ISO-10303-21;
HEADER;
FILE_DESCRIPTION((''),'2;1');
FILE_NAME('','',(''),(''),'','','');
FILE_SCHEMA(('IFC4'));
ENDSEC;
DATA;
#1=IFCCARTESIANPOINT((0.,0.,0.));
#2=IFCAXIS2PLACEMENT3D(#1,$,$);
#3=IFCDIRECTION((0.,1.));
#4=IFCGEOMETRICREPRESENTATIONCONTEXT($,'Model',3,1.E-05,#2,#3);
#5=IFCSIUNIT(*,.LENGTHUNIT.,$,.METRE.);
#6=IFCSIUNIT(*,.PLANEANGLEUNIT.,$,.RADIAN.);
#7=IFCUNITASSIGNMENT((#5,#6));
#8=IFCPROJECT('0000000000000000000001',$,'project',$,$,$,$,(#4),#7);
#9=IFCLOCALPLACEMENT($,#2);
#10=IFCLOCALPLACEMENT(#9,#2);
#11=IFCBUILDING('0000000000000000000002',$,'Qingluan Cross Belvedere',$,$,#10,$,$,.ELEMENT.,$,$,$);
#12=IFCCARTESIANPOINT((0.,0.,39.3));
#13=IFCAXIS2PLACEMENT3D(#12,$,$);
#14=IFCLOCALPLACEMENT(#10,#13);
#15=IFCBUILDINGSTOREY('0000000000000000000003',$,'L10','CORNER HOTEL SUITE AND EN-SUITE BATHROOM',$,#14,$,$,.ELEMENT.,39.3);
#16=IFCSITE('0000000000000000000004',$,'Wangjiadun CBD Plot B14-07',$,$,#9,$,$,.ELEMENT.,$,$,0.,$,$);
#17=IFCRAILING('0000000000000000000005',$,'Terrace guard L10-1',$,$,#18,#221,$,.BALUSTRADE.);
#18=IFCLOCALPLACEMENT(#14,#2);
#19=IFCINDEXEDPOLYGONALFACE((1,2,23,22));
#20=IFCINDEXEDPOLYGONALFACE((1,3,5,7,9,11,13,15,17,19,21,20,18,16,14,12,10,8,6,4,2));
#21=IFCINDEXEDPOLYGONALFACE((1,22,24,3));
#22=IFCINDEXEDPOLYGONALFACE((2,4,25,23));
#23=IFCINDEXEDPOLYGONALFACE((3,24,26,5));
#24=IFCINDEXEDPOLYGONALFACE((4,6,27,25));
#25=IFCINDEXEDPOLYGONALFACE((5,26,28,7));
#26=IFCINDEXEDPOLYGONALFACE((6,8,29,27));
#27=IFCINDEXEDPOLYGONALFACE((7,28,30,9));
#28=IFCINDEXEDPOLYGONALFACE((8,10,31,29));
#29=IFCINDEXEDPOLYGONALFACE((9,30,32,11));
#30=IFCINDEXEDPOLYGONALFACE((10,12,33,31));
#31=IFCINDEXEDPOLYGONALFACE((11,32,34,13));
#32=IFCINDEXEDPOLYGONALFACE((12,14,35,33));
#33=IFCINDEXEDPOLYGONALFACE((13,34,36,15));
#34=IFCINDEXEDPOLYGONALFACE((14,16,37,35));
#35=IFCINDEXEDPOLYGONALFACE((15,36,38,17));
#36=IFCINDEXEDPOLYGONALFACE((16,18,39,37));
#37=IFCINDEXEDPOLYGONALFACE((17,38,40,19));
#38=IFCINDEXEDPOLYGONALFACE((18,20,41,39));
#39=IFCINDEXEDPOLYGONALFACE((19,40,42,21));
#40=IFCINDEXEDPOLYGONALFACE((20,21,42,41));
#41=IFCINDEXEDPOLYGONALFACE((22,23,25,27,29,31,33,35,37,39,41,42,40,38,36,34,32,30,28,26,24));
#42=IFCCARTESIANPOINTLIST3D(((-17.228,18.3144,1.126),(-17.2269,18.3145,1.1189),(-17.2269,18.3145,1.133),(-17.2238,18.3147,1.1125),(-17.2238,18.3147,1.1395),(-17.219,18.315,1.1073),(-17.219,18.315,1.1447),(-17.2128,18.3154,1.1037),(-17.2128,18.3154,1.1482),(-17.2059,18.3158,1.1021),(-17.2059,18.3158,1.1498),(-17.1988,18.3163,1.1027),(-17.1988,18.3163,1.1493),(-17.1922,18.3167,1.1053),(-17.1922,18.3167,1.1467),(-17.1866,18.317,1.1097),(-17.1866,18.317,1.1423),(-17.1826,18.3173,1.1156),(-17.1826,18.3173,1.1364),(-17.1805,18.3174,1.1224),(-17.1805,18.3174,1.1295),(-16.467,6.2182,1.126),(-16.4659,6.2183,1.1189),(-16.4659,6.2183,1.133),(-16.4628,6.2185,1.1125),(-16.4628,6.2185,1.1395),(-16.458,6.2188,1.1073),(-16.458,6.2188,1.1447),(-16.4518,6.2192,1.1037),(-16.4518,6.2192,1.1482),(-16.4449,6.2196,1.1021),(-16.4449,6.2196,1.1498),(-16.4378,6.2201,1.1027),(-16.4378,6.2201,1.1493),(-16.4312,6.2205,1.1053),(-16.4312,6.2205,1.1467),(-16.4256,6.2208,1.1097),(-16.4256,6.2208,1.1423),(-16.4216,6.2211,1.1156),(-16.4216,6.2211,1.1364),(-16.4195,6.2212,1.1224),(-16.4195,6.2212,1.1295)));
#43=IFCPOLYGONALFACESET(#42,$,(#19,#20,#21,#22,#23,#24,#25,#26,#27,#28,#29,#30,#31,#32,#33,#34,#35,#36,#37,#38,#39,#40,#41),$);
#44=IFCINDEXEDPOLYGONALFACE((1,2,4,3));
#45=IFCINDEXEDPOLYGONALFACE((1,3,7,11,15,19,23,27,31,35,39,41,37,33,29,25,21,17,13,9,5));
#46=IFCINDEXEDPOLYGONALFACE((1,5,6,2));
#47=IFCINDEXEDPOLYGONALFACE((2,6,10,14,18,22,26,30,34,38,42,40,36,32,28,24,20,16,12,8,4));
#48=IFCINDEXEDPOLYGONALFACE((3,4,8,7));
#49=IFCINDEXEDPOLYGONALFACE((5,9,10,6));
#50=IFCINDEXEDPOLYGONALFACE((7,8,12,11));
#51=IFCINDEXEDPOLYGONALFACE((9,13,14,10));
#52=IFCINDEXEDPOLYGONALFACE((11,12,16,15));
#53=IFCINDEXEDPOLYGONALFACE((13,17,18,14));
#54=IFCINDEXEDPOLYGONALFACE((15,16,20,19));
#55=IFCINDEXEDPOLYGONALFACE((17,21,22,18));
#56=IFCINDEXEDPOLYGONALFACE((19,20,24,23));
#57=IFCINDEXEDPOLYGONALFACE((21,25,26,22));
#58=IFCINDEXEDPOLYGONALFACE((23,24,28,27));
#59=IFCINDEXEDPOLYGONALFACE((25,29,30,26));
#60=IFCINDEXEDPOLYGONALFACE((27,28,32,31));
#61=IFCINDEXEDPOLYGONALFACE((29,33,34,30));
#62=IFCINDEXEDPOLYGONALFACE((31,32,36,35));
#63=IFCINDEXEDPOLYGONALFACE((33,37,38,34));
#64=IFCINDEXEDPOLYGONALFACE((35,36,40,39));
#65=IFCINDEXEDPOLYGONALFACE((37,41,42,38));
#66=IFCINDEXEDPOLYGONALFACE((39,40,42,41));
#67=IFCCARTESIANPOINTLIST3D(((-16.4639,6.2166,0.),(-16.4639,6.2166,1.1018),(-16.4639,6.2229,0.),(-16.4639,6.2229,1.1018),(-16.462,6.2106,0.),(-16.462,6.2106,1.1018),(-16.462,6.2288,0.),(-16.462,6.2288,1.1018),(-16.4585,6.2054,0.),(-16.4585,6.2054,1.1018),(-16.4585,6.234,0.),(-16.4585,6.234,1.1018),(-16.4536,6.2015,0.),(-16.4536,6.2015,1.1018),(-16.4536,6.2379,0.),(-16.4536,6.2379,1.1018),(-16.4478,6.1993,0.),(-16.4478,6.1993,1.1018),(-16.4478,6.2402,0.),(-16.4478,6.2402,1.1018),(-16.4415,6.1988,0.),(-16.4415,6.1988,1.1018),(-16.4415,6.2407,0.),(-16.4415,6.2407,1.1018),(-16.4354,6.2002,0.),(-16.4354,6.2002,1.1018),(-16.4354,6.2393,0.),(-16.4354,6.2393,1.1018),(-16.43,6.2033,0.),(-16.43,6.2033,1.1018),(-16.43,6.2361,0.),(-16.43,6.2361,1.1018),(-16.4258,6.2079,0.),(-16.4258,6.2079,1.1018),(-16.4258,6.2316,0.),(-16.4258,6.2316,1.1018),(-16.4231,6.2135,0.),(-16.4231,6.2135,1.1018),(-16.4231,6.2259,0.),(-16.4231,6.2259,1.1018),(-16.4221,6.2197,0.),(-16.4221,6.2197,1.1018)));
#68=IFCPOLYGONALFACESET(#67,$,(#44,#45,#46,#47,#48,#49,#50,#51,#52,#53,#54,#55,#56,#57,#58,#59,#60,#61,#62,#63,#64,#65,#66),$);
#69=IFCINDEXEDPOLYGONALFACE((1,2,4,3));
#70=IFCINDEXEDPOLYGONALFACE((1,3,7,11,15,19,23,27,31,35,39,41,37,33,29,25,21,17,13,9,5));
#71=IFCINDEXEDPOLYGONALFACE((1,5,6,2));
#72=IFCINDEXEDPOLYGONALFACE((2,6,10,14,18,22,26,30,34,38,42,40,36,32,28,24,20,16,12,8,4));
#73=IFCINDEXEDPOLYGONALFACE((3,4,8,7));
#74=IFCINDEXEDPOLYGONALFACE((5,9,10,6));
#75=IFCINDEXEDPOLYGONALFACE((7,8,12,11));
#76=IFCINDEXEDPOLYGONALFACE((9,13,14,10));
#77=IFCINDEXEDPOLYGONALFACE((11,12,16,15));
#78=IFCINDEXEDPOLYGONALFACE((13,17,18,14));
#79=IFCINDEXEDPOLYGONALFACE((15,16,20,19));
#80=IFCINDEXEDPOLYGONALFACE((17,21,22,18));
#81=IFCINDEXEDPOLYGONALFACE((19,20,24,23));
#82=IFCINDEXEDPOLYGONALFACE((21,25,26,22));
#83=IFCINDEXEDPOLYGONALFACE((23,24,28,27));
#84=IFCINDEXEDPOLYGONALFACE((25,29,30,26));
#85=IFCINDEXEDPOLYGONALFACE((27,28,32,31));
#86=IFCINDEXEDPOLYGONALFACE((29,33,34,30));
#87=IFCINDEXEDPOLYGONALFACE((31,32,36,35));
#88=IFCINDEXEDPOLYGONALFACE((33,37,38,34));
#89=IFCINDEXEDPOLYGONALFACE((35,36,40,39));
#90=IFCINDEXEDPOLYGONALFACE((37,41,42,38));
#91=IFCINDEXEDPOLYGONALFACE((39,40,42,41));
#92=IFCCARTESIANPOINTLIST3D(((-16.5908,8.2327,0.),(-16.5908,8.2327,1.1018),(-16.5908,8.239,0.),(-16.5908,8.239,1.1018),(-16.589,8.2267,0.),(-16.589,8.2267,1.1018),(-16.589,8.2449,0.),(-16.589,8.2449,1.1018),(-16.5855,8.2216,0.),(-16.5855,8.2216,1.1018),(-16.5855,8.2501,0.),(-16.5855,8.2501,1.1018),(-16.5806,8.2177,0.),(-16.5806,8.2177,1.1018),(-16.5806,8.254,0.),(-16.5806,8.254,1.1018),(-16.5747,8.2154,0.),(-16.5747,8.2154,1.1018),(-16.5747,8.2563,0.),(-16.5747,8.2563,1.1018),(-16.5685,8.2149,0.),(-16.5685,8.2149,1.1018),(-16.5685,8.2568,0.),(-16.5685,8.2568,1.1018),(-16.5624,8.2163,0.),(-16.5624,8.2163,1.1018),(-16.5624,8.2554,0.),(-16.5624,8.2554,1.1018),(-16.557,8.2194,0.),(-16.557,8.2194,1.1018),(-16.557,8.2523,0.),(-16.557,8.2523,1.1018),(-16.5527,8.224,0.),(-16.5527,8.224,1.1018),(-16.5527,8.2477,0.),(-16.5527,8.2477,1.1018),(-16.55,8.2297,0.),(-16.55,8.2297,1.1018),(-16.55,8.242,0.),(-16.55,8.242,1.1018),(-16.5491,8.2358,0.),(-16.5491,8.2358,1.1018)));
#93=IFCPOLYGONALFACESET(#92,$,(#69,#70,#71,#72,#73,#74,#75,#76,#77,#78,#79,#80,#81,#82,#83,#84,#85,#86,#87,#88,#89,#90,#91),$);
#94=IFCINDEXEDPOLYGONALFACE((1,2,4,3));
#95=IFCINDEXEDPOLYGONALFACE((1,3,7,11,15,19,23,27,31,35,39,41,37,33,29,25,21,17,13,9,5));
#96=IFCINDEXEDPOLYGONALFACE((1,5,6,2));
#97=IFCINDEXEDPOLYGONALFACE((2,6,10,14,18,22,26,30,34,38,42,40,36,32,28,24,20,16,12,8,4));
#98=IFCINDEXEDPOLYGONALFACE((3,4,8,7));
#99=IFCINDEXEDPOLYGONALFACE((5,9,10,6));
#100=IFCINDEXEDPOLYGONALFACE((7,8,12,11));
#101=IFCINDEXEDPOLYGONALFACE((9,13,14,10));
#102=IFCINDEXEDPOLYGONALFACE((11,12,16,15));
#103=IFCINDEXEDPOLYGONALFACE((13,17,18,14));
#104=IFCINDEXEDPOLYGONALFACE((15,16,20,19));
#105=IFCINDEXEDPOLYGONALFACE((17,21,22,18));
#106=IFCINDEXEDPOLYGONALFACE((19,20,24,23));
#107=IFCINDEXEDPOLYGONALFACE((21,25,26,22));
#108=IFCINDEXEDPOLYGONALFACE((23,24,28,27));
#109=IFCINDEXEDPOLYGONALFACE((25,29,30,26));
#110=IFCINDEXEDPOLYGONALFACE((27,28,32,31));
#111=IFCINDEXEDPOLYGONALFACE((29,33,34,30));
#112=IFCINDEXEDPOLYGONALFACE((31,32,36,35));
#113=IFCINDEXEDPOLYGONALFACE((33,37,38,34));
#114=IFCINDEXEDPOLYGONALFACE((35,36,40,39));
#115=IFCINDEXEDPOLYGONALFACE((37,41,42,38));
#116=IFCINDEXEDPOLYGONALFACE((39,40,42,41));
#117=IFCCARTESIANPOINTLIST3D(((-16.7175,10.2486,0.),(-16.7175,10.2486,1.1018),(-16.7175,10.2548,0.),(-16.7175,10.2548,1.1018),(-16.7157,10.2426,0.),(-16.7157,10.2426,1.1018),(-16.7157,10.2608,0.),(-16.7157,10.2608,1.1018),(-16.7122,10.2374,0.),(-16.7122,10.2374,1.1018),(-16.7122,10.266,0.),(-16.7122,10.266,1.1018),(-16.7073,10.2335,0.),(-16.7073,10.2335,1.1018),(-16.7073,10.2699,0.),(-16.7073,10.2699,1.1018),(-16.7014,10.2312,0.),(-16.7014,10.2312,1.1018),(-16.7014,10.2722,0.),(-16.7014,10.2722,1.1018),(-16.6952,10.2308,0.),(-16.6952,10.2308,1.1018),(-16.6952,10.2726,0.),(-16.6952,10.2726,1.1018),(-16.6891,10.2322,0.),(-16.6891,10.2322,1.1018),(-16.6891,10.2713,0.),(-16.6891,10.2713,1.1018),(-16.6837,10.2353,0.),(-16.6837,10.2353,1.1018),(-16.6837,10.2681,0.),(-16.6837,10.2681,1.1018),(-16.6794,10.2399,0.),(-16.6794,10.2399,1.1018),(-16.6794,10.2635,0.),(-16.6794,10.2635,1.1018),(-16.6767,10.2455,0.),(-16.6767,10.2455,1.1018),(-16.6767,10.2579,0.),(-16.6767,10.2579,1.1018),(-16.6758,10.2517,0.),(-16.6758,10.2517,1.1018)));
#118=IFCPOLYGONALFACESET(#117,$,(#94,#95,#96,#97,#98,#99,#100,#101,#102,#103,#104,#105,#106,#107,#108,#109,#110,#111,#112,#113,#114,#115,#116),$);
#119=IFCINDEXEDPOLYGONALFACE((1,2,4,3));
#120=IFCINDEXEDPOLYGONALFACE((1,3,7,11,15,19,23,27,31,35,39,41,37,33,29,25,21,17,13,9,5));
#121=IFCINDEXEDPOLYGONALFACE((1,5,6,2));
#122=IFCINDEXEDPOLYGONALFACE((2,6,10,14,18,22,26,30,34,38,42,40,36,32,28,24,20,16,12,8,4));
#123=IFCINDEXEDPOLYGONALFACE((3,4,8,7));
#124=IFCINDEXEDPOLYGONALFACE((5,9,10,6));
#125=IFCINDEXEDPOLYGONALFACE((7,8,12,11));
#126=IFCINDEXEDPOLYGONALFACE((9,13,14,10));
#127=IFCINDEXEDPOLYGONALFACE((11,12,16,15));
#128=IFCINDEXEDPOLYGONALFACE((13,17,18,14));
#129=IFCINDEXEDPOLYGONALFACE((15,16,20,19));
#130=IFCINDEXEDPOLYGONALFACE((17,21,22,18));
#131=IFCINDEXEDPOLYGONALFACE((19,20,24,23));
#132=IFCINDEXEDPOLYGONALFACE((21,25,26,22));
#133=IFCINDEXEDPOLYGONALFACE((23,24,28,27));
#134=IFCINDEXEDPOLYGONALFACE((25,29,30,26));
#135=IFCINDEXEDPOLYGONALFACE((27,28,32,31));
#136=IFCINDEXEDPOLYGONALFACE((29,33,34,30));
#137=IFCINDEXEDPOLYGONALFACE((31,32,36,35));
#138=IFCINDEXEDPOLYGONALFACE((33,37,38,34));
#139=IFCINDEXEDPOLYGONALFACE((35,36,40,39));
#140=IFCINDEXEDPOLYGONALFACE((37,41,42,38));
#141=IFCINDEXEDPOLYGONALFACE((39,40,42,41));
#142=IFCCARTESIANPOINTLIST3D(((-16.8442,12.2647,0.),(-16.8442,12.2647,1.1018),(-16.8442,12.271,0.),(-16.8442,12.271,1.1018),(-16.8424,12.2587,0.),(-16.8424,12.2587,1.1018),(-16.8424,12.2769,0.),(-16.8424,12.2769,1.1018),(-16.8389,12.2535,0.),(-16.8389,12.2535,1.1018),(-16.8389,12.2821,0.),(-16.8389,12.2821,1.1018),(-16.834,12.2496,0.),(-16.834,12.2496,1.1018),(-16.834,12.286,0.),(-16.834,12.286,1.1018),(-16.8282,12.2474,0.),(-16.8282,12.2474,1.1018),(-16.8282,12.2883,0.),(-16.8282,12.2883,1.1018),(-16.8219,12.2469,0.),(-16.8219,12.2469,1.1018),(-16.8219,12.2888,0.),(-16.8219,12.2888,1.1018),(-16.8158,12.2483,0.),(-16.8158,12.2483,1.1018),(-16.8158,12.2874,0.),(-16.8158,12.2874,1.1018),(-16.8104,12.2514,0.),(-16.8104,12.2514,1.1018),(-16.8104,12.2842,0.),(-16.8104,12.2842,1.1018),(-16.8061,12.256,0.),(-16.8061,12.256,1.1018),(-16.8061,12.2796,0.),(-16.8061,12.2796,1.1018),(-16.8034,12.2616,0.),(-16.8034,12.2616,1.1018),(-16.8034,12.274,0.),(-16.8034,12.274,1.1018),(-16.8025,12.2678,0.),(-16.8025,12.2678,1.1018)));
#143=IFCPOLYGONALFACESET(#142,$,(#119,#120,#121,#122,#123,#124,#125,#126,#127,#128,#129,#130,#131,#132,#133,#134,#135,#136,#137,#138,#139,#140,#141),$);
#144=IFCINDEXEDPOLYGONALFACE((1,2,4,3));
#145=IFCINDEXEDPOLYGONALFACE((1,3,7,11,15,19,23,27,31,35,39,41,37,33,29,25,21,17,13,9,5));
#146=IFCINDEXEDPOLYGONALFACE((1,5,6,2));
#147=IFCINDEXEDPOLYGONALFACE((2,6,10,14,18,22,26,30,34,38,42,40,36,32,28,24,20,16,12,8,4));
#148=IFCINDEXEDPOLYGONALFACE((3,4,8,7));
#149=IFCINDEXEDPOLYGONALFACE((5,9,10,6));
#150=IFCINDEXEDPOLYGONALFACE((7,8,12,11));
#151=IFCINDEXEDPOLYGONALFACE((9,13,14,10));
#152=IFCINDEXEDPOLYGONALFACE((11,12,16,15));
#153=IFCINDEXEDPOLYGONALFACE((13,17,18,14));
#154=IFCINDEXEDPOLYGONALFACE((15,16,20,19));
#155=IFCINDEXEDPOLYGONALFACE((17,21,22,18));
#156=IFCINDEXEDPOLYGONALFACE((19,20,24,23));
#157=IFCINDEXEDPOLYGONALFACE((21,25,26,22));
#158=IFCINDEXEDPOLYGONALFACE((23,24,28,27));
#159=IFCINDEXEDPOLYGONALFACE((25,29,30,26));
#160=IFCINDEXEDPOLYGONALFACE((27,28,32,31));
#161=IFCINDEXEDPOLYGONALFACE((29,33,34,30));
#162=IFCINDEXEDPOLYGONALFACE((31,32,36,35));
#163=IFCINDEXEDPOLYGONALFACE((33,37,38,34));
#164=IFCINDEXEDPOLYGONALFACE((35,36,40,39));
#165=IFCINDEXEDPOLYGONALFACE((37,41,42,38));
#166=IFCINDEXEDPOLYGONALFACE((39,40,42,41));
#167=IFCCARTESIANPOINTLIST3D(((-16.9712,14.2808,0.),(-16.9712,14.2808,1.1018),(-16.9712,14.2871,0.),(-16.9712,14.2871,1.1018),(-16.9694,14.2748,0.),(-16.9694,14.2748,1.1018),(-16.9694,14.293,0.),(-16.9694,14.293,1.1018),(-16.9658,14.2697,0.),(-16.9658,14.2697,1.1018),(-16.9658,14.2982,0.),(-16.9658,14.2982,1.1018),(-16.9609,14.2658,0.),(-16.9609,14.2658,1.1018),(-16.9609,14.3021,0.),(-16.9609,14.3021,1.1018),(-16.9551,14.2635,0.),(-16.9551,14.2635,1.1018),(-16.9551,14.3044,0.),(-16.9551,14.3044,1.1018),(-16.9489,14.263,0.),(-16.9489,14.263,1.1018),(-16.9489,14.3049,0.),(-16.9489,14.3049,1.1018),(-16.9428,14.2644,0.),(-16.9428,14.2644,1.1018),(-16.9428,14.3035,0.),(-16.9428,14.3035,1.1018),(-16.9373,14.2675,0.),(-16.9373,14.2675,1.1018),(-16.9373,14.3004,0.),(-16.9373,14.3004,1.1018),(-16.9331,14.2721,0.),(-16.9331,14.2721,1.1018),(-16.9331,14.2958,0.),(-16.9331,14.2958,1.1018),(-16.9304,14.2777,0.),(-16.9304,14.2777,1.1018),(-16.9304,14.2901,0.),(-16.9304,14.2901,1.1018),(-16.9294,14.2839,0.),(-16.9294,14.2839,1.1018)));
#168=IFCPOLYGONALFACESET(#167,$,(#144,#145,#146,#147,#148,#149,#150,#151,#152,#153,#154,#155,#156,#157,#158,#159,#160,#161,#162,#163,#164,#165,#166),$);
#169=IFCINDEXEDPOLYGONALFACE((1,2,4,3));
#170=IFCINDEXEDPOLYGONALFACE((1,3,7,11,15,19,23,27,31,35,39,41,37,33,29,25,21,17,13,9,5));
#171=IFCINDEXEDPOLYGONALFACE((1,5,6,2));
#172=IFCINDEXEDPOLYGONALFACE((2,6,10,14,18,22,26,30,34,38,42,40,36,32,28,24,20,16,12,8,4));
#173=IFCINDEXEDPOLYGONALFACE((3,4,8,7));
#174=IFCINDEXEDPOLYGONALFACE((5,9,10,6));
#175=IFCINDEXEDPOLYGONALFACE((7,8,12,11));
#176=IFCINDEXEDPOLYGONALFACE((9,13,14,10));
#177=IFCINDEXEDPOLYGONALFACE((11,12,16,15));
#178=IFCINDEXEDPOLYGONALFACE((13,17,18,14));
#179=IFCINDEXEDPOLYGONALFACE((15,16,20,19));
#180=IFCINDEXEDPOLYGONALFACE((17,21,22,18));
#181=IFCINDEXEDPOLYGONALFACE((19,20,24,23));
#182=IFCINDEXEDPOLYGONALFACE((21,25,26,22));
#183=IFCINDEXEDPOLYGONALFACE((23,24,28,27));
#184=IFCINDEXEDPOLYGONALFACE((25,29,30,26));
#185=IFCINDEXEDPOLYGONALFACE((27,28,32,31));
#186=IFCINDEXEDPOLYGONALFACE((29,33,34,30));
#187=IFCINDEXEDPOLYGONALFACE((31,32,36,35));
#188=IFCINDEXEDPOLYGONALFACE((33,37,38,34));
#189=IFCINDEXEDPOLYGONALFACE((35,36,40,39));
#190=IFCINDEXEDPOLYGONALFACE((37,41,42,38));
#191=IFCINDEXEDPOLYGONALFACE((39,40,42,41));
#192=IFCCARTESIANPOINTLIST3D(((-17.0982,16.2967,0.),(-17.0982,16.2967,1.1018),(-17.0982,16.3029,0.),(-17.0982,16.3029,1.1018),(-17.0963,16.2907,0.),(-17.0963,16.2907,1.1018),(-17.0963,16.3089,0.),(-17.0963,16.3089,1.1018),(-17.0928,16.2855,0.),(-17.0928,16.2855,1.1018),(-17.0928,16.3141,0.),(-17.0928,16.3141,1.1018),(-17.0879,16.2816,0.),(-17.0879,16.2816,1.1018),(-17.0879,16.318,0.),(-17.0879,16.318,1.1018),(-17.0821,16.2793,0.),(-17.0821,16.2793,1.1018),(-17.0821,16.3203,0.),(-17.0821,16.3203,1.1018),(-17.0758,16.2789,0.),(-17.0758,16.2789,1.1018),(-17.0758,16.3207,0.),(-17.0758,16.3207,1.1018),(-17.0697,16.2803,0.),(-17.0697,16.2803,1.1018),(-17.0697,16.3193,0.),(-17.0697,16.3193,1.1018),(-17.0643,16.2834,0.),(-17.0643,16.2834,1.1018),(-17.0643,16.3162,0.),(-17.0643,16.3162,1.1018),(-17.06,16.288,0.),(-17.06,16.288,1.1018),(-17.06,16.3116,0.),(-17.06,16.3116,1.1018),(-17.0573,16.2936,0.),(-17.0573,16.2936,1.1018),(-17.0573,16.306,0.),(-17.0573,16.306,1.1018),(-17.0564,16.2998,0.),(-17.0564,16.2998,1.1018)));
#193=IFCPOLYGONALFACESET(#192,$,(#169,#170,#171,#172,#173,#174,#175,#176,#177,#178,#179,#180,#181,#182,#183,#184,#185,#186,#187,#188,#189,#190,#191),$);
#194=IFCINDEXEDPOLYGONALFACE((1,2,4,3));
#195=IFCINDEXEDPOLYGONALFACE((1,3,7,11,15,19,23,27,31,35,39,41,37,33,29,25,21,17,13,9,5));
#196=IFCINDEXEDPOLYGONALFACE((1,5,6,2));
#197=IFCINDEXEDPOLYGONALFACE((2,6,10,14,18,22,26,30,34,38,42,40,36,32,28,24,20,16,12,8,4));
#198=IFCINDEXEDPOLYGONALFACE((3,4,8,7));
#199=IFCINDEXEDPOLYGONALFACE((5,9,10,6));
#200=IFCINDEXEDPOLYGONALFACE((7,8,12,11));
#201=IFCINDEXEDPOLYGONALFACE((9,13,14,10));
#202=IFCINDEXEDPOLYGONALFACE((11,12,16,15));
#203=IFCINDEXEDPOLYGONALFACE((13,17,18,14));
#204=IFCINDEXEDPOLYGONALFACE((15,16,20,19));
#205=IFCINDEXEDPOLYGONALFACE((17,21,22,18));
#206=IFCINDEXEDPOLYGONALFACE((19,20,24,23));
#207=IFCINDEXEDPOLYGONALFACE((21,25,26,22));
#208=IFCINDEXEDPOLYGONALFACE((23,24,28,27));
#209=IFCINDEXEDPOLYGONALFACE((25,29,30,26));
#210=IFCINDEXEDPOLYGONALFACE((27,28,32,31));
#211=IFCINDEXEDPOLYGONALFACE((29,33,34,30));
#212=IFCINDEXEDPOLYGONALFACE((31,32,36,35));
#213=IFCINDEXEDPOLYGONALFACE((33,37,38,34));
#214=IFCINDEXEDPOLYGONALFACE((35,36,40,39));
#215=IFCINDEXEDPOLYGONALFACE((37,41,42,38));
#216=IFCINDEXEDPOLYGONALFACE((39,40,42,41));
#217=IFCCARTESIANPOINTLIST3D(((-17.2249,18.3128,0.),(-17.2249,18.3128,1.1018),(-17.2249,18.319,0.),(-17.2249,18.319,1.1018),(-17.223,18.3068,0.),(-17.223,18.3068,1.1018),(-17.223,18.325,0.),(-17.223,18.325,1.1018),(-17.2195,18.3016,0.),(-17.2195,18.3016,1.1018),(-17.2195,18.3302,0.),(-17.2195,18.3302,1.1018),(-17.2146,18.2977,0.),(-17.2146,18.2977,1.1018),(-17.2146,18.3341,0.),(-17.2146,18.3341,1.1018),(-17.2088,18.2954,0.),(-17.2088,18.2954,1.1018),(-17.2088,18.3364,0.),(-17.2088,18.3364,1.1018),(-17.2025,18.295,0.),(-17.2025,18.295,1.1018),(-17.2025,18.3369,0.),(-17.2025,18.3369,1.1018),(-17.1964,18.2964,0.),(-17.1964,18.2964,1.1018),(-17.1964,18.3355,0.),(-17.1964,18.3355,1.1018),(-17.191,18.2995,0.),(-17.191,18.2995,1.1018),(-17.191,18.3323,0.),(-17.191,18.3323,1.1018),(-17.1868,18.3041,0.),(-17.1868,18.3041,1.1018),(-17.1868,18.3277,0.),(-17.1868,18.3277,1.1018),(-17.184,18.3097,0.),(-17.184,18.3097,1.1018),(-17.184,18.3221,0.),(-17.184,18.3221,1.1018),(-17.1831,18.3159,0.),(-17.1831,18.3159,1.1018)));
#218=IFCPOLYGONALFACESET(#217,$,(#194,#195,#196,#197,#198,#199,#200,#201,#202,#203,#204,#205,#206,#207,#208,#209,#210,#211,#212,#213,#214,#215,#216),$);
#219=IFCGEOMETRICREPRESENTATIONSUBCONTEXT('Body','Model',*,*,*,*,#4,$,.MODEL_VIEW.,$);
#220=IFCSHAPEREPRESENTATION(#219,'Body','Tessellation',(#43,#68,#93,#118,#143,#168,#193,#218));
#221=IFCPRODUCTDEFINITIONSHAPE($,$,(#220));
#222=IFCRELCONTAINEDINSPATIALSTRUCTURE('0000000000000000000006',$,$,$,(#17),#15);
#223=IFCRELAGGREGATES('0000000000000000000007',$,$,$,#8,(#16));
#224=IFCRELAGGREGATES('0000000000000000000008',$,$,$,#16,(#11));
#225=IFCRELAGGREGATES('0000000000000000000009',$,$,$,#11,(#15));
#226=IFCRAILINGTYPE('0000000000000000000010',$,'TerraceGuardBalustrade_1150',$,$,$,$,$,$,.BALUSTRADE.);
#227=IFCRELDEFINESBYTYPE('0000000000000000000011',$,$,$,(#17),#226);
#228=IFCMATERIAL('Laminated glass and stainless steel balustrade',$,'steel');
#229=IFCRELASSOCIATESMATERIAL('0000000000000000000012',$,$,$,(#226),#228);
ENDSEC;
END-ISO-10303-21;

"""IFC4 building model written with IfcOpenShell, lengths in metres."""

from ifc_helpers import new_model, si_unit, direction, frame, origin, origin_2d, place, context, subcontext, project, spatial, circle, extrude, material, type_object, element, save


model = new_model("IFC4")

# Units and contexts
model_context = context("Model", 3, precision=1e-05, world=origin(), true_north=direction((0.0, 1.0)))
body_context = subcontext(model_context, "Body", "Model", "MODEL_VIEW")
ifc_project = project(units=[si_unit("LENGTHUNIT", "METRE"), si_unit("PLANEANGLEUNIT", "RADIAN")], contexts=[model_context])

# Site, building, storey
site_placement = place(None, origin())
site = spatial("IfcSite", under=ifc_project, at=site_placement, Name="Wangjiadun CBD Plot B14-07", CompositionType="ELEMENT", RefElevation=0.0)
building_placement = place(site_placement, origin())
building = spatial("IfcBuilding", under=site, at=building_placement, Name="Qingluan Cross Belvedere", CompositionType="ELEMENT")
storey_placement = place(building_placement, frame((0.0, 0.0, 39.3)))
storey = spatial("IfcBuildingStorey", under=building, at=storey_placement, Name="L10", Description="CORNER HOTEL SUITE AND EN-SUITE BATHROOM", CompositionType="ELEMENT", Elevation=39.3)

# Railing
ifc_material_1 = material(Name="Laminated glass and stainless steel balustrade", Category="steel")
railing_type = type_object("IfcRailingType", Name="TerraceGuardBalustrade_1150", PredefinedType="BALUSTRADE", material=ifc_material_1)
railing_placement = place(storey_placement, frame((-16.4431, 6.2197, 0.0)))
element("IfcRailing", 1, at=railing_placement, inside=storey, type_object=railing_type, Name="Terrace guard L10-1", PredefinedType="BALUSTRADE", context=body_context, shape_type="SweptSolid", body=[
    extrude(circle(Radius=0.0239, at=origin_2d()), frame((0.0, 0.0, 1.126), z_axis=(-0.062787, 0.998027, 0.0), x_axis=(-0.998027, -0.062787, 0.0)), (0.0, 0.0, 1.0), 12.1201),
    extrude(circle(Radius=0.021, at=origin_2d()), origin(), (0.0, 0.0, 1.0), 1.1018),
    extrude(circle(Radius=0.021, at=origin_2d()), frame((-0.127, 2.0161, 0.0)), (0.0, 0.0, 1.0), 1.1018),
    extrude(circle(Radius=0.021, at=origin_2d()), frame((-0.2537, 4.032, 0.0)), (0.0, 0.0, 1.0), 1.1018),
    extrude(circle(Radius=0.021, at=origin_2d()), frame((-0.3804, 6.0481, 0.0)), (0.0, 0.0, 1.0), 1.1018),
    extrude(circle(Radius=0.021, at=origin_2d()), frame((-0.5073, 8.0642, 0.0)), (0.0, 0.0, 1.0), 1.1018),
    extrude(circle(Radius=0.021, at=origin_2d()), frame((-0.6343, 10.0801, 0.0)), (0.0, 0.0, 1.0), 1.1018),
    extrude(circle(Radius=0.021, at=origin_2d()), frame((-0.761, 12.0962, 0.0)), (0.0, 0.0, 1.0), 1.1018),
])

save(model, "model.ifc")
